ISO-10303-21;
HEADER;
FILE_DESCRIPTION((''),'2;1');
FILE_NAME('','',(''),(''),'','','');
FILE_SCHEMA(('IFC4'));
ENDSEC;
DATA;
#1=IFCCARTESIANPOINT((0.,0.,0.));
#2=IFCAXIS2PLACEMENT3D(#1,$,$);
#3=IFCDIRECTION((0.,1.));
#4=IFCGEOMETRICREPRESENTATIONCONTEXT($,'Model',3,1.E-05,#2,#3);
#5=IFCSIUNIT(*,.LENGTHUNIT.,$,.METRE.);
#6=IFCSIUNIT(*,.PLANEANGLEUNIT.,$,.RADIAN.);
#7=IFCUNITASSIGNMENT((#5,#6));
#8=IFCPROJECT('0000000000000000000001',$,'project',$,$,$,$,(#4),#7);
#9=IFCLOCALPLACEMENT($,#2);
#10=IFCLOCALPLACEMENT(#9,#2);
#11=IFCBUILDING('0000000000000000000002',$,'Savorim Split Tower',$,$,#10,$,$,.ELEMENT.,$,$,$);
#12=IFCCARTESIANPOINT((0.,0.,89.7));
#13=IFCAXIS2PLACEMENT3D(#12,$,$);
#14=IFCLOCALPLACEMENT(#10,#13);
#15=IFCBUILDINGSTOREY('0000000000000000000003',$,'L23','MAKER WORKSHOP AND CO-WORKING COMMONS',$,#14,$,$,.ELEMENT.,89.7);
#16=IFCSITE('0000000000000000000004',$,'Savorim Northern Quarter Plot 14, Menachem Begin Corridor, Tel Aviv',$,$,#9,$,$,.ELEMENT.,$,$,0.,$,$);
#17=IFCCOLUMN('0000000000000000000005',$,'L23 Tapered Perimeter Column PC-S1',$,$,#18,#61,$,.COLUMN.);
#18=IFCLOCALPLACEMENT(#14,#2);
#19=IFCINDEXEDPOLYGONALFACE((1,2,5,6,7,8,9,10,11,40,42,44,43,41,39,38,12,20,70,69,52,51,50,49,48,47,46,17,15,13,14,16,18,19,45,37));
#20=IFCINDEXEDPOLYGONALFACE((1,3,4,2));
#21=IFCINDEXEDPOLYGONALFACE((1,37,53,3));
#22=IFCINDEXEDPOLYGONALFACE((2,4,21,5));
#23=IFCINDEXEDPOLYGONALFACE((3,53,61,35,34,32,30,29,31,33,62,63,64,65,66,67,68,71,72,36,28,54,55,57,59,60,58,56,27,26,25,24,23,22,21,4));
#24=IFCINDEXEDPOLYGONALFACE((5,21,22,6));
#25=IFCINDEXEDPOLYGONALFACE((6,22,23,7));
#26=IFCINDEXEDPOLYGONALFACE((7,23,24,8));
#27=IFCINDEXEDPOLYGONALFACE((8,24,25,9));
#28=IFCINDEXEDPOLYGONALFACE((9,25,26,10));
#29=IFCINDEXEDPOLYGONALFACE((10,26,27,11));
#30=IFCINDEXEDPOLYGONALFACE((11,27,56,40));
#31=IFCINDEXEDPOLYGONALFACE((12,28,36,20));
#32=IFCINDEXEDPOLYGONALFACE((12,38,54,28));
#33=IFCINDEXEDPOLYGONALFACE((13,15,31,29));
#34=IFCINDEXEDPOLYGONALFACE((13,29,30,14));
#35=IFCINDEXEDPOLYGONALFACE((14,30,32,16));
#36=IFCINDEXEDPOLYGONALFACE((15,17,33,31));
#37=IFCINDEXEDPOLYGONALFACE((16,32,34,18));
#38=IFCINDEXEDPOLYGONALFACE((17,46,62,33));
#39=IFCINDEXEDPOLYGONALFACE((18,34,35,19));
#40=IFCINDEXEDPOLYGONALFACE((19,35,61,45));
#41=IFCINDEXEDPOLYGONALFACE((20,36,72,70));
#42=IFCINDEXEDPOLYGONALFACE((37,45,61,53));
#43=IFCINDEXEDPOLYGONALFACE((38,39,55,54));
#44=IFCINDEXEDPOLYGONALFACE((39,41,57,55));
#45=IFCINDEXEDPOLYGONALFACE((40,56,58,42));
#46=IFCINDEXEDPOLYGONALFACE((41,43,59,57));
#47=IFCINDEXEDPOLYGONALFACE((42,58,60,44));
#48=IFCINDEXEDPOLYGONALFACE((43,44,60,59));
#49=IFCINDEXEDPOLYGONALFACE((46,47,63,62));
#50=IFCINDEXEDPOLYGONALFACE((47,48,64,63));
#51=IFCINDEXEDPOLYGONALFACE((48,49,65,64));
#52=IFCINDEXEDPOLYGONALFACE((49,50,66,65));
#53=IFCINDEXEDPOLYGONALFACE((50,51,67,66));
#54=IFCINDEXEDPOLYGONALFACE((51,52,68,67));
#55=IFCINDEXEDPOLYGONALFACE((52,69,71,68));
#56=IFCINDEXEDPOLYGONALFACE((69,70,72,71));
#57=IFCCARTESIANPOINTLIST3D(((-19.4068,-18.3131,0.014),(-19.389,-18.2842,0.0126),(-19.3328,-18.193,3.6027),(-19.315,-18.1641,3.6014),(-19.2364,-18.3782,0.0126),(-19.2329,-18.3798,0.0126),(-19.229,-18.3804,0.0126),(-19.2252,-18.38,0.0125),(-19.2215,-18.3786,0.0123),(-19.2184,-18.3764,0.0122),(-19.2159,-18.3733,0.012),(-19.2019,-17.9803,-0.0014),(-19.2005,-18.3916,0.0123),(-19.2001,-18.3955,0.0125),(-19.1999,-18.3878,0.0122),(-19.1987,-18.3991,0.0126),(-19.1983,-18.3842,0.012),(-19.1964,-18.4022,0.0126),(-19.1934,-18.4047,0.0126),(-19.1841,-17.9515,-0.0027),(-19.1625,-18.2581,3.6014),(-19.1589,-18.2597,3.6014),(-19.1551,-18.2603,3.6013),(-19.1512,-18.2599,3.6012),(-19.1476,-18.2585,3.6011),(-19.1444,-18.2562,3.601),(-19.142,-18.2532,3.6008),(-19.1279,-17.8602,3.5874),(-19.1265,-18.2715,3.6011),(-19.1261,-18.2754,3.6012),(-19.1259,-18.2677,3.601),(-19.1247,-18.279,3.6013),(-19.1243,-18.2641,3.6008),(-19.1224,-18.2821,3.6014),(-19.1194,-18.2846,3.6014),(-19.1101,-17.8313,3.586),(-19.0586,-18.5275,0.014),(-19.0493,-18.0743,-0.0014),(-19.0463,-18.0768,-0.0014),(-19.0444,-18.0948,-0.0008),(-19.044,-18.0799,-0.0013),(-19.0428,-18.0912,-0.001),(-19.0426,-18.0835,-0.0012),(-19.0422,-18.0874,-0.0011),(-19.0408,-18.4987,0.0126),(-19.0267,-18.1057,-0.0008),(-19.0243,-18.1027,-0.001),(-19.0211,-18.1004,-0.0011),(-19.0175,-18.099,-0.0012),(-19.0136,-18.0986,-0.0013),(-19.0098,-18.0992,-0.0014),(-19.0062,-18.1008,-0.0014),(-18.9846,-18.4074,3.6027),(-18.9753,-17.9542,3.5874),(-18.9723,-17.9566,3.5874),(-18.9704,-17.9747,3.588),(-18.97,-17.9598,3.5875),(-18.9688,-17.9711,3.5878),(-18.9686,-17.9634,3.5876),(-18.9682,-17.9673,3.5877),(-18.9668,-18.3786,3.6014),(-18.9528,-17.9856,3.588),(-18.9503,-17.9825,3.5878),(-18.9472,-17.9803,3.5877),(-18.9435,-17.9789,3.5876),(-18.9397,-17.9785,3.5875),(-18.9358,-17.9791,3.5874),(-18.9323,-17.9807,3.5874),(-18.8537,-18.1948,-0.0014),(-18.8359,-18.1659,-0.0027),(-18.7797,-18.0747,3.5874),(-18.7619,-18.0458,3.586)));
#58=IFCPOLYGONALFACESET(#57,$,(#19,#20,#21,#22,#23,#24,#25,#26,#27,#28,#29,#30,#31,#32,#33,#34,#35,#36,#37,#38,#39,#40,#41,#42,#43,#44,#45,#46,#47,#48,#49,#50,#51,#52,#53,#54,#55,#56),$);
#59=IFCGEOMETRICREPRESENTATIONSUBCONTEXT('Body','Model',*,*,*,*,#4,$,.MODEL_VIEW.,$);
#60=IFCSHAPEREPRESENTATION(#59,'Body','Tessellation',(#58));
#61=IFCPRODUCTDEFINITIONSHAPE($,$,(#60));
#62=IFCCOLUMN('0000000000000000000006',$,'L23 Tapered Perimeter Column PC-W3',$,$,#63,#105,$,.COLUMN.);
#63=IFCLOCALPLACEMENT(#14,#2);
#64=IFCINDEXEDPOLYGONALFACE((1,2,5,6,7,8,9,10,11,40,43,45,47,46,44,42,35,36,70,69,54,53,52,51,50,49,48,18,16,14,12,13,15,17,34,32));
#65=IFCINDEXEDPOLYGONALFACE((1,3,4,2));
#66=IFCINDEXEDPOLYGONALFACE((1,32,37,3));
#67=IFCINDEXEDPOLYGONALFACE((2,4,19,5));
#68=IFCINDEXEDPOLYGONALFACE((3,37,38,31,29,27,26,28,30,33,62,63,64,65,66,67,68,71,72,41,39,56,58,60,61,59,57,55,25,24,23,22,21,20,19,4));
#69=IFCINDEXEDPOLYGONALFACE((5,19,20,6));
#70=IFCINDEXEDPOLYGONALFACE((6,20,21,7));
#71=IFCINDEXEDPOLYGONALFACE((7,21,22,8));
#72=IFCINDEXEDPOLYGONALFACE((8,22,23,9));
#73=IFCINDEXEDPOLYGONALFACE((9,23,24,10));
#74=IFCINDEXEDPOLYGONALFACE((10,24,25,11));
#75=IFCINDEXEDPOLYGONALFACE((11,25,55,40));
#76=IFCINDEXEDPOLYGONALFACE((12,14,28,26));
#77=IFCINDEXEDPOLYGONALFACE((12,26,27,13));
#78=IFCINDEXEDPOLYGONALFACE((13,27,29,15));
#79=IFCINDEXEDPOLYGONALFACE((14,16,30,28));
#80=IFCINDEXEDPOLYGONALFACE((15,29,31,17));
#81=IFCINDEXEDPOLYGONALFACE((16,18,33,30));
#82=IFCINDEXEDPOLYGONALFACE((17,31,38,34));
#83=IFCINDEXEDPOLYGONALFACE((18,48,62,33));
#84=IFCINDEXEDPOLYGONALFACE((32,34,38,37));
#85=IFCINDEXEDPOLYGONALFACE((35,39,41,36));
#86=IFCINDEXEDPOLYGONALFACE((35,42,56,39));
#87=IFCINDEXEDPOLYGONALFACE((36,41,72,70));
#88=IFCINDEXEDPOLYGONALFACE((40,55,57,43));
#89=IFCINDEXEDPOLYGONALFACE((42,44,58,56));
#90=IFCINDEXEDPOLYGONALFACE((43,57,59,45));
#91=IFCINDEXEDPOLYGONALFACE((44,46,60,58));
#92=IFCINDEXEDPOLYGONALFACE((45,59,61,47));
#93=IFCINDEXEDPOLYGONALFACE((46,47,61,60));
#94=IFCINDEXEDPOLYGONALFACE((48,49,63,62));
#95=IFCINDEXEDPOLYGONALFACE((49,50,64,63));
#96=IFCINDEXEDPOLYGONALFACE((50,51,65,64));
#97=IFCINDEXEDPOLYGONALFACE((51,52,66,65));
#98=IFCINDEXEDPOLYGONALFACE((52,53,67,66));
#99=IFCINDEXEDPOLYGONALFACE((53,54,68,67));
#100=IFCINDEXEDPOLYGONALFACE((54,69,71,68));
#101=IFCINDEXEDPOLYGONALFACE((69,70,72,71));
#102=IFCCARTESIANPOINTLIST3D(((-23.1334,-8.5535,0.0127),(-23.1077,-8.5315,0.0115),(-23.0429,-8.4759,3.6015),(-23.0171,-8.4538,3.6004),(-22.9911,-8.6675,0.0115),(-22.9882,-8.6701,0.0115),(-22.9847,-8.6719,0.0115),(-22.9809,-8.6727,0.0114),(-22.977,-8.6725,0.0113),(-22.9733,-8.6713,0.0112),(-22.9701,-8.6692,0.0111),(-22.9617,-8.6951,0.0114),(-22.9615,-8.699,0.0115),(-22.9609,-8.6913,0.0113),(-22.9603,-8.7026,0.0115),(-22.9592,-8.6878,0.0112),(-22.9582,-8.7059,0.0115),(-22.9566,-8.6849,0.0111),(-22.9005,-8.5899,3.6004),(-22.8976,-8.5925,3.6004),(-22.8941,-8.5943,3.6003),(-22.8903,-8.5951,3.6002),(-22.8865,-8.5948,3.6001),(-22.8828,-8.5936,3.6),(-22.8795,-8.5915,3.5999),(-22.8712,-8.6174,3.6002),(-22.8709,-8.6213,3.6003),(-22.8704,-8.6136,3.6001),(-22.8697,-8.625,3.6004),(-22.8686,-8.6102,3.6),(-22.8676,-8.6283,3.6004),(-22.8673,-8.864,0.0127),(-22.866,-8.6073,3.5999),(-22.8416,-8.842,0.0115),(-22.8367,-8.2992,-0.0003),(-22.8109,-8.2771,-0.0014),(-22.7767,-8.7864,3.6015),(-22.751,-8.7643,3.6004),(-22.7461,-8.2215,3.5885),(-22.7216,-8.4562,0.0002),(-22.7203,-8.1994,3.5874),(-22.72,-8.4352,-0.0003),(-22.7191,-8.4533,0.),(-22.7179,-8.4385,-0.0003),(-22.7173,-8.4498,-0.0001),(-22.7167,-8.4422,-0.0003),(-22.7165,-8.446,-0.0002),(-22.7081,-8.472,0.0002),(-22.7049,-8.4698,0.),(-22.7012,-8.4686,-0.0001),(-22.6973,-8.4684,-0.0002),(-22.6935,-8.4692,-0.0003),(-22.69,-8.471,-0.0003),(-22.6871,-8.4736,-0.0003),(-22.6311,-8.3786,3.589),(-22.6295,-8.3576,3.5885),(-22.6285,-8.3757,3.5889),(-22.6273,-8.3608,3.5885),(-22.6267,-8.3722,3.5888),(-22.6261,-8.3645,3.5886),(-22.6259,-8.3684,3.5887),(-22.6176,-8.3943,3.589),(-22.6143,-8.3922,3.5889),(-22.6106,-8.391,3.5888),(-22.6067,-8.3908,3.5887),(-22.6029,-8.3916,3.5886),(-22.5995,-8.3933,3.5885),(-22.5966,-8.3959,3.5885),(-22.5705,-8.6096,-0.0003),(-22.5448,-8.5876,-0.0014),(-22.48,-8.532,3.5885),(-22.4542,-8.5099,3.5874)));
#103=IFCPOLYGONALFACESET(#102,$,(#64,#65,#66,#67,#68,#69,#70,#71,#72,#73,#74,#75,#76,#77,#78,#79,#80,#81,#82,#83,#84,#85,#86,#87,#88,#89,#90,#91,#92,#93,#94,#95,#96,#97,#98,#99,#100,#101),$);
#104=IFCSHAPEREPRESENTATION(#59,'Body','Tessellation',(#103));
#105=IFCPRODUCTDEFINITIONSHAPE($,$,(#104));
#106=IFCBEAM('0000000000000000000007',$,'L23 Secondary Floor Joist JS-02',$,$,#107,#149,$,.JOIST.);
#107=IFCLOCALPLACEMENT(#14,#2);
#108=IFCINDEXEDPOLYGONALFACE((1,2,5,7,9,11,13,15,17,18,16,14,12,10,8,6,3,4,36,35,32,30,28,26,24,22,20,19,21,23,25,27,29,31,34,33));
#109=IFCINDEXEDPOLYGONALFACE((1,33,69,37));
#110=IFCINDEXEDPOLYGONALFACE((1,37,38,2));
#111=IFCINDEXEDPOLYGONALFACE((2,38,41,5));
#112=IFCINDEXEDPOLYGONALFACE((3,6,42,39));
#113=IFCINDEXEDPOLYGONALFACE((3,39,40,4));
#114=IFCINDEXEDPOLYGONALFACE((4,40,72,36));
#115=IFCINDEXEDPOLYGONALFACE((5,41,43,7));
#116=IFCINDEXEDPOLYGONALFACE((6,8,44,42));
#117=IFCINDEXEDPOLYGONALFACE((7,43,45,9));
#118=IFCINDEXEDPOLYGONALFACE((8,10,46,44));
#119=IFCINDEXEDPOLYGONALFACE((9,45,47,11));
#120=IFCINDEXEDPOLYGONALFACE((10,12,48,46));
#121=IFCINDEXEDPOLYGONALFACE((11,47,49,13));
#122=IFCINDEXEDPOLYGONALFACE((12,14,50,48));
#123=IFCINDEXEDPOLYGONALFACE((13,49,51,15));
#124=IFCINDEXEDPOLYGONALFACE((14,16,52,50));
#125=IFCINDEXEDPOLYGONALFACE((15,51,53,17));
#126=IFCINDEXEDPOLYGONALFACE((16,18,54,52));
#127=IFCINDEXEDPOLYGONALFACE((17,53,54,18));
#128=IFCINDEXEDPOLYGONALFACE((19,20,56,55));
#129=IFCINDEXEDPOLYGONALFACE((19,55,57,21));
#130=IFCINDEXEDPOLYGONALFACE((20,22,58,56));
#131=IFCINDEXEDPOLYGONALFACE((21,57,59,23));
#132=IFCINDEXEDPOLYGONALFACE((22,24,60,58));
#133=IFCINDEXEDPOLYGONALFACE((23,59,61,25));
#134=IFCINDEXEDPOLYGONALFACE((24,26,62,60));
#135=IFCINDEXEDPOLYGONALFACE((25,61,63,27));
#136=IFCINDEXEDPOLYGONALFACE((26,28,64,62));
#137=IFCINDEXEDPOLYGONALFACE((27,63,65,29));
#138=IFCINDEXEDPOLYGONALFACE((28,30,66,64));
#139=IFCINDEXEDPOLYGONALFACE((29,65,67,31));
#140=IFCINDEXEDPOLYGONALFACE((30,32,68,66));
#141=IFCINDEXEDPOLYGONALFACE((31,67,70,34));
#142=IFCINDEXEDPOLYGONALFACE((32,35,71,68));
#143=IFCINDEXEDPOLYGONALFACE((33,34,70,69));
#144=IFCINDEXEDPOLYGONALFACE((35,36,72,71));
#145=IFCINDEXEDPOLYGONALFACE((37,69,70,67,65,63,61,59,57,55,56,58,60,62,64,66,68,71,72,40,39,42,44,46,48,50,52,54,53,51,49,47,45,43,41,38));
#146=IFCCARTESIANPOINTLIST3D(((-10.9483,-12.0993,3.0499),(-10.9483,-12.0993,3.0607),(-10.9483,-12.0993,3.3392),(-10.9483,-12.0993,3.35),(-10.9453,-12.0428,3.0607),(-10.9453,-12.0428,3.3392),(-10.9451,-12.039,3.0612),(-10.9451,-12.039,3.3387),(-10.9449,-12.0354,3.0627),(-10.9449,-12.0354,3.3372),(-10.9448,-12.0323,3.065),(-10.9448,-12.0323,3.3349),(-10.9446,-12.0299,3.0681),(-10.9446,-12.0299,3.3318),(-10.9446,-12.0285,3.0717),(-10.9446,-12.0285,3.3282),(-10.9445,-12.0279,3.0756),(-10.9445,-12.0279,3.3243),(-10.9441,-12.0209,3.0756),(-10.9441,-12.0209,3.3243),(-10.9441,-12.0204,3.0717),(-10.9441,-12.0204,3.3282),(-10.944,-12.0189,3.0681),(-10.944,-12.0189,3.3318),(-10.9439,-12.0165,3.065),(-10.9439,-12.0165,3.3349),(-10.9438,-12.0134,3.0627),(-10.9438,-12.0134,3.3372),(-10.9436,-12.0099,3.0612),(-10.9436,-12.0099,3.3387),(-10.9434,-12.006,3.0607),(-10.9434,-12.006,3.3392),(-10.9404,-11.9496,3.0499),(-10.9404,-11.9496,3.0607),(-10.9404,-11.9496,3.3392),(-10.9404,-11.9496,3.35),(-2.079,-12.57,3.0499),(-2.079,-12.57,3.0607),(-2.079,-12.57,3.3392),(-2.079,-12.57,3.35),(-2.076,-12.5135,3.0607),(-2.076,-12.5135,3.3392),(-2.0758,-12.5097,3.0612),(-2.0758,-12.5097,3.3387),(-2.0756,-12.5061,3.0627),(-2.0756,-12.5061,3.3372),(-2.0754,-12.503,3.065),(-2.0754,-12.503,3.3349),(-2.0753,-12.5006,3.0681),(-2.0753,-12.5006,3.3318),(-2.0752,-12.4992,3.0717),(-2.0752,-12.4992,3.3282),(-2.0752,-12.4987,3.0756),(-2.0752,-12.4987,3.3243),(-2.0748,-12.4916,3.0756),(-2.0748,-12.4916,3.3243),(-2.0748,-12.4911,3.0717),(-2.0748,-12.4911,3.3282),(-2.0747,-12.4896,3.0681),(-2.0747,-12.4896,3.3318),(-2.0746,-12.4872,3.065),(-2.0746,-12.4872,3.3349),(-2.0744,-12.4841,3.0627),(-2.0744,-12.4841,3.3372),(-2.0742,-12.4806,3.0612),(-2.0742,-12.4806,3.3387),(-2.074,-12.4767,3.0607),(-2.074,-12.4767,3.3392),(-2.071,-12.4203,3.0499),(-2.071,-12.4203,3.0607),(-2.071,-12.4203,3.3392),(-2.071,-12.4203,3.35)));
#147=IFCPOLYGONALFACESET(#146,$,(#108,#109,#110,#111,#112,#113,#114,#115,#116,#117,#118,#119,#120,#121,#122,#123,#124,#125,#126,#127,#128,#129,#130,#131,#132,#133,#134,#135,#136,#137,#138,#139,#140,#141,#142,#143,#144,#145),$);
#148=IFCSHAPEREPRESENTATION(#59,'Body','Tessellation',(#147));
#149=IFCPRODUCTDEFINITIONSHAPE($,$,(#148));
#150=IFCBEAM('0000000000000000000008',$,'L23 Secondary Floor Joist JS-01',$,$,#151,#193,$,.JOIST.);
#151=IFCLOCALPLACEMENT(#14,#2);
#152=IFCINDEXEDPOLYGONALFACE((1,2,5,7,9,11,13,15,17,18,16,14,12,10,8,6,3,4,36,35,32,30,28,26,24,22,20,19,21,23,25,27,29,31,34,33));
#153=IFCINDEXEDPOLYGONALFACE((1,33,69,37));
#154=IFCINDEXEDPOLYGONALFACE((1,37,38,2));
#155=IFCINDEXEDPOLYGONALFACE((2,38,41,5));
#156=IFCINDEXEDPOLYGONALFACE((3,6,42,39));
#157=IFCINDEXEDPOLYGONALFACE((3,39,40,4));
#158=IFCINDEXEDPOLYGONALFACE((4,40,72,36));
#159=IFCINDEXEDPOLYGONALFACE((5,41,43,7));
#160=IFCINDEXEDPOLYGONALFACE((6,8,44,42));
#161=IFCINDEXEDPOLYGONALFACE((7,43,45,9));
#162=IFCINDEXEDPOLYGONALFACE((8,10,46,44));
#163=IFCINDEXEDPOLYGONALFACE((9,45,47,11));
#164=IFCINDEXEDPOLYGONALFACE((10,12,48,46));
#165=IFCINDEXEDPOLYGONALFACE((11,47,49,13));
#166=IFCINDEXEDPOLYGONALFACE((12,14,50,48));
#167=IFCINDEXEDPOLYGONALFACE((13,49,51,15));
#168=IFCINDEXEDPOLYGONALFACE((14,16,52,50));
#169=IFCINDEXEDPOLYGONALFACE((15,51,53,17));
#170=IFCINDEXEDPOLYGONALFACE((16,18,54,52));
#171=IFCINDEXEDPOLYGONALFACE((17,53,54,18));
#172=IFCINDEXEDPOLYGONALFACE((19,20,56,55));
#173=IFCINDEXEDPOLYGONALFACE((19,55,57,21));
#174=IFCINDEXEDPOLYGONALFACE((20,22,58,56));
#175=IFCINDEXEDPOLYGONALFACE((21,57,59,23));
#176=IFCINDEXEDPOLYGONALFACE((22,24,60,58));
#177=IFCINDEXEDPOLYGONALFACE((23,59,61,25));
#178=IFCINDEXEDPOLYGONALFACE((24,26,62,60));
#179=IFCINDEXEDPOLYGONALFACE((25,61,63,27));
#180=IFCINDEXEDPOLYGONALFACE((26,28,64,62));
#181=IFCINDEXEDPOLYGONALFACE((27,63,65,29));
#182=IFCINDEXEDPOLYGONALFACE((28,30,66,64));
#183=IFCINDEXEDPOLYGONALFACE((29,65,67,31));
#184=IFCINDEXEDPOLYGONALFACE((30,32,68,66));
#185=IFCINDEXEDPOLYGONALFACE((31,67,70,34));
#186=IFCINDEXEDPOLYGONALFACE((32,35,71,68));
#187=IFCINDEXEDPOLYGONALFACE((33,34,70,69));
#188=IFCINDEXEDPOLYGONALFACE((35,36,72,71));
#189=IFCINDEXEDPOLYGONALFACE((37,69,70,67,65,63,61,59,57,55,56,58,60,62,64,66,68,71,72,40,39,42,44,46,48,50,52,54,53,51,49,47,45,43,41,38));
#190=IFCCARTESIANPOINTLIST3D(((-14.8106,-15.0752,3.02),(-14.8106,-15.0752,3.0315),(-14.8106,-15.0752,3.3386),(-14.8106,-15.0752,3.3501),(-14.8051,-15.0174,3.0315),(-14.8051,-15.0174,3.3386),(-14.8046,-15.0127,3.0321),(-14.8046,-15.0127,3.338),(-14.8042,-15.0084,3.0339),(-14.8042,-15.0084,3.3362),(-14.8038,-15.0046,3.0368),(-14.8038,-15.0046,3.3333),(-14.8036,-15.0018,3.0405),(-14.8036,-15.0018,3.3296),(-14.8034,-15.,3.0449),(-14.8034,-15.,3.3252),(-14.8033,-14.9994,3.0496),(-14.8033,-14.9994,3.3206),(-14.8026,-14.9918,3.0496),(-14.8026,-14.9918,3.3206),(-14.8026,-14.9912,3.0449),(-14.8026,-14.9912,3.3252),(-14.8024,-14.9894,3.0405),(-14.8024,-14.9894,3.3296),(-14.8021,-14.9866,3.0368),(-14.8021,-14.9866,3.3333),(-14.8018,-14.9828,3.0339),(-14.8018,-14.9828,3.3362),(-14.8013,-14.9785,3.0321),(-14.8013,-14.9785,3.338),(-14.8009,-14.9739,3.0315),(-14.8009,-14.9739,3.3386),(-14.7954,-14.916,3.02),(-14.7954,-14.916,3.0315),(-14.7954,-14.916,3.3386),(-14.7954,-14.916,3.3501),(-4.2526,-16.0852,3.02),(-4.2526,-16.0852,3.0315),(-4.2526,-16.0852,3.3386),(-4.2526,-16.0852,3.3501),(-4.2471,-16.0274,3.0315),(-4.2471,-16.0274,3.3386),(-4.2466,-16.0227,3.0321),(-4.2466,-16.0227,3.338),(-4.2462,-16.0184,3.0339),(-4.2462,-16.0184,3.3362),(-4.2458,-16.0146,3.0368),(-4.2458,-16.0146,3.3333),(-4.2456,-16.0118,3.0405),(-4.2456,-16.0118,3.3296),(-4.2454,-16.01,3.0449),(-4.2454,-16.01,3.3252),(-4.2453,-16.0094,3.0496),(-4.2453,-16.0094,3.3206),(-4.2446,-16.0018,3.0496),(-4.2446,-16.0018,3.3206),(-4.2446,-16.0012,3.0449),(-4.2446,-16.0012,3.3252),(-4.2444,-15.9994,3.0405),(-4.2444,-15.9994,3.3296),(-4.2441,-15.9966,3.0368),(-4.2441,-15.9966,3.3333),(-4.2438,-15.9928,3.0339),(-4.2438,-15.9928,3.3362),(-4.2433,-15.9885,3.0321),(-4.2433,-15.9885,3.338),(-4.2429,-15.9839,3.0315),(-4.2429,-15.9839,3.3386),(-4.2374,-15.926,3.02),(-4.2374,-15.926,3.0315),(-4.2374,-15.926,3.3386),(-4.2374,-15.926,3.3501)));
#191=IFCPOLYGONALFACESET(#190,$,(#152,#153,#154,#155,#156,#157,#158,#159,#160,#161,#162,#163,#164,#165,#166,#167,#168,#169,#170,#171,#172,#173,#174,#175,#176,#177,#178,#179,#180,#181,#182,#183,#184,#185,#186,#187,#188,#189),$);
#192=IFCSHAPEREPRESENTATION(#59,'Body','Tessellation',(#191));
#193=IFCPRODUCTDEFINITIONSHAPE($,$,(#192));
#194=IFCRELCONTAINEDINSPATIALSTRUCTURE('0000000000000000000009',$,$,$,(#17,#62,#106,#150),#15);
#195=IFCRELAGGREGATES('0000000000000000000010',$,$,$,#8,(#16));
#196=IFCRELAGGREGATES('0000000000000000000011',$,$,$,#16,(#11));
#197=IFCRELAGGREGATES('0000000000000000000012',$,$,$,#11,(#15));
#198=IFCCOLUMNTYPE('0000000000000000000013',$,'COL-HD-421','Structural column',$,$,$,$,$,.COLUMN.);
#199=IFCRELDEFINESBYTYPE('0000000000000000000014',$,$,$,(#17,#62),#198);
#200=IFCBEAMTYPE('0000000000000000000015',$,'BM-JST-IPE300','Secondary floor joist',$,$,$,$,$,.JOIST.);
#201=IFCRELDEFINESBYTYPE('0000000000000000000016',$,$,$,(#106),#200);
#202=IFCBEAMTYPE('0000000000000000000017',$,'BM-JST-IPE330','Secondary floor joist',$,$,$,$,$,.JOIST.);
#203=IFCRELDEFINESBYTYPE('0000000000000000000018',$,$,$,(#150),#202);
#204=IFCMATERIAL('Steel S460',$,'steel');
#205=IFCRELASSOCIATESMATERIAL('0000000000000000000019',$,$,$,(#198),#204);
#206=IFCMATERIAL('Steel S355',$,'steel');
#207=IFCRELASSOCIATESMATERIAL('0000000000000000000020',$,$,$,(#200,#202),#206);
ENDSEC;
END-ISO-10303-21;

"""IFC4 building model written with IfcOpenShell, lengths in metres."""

from ifc_helpers import new_model, si_unit, direction, frame, origin, origin_2d, place, context, subcontext, project, spatial, i_section, extrude, material, material_profile, profile_set, type_object, element, save


model = new_model("IFC4")

# Units and contexts
model_context = context("Model", 3, precision=1e-05, world=origin(), true_north=direction((0.0, 1.0)))
body_context = subcontext(model_context, "Body", "Model", "MODEL_VIEW")
ifc_project = project(units=[si_unit("LENGTHUNIT", "METRE"), si_unit("PLANEANGLEUNIT", "RADIAN")], contexts=[model_context])

# Site, building, storey
site_placement = place(None, origin())
site = spatial("IfcSite", under=ifc_project, at=site_placement, Name="Savorim Northern Quarter Plot 14, Menachem Begin Corridor, Tel Aviv", CompositionType="ELEMENT", RefElevation=0.0)
building_placement = place(site_placement, origin())
building = spatial("IfcBuilding", under=site, at=building_placement, Name="Savorim Split Tower", CompositionType="ELEMENT")
storey_placement = place(building_placement, frame((0.0, 0.0, 89.7)))
storey = spatial("IfcBuildingStorey", under=building, at=storey_placement, Name="L23", Description="MAKER WORKSHOP AND CO-WORKING COMMONS", CompositionType="ELEMENT", Elevation=89.7)

# Columns
ifc_material_1 = material(Name="Steel S460", Category="steel")
ifc_material_profile_1 = material_profile(ifc_material_1, i_section(OverallWidth=0.4089, OverallDepth=0.425, WebThickness=0.0208, FlangeThickness=0.0339, FilletRadius=0.0149, at=origin_2d()), Name="HD 400x421")
ifc_profile_set_1 = profile_set([ifc_material_profile_1], Name="Steel S460")
column_type = type_object("IfcColumnType", Name="COL-HD-421", Description="Structural column", PredefinedType="COLUMN", material=ifc_profile_set_1)
column_1_placement = place(storey_placement, frame((-19.1213, -18.2395, 0.0056), z_axis=(0.020596, 0.033444, 0.999228), x_axis=(-0.85148, 0.524387, 0.0)))
element("IfcColumn", 1, at=column_1_placement, inside=storey, type_object=column_type, Name="L23 Tapered Perimeter Column PC-S1", PredefinedType="COLUMN", context=body_context, shape_type="SweptSolid", body=[
    extrude(i_section(OverallWidth=0.4089, OverallDepth=0.425, WebThickness=0.0208, FlangeThickness=0.0339, FilletRadius=0.0149, at=origin_2d()), origin(), (0.0, 0.0, 1.0), 3.5916),
])
column_2_placement = place(storey_placement, frame((-22.8391, -8.5706, 0.0056), z_axis=(0.025224, 0.021621, 0.999448), x_axis=(-0.650791, 0.759257, 0.0)))
element("IfcColumn", 2, at=column_2_placement, inside=storey, type_object=column_type, Name="L23 Tapered Perimeter Column PC-W3", PredefinedType="COLUMN", context=body_context, shape_type="SweptSolid", body=[
    extrude(i_section(OverallWidth=0.4089, OverallDepth=0.425, WebThickness=0.0208, FlangeThickness=0.0339, FilletRadius=0.0149, at=origin_2d()), origin(), (0.0, 0.0, 1.0), 3.5908),
])

# Beams
ifc_material_2 = material(Name="Steel S355", Category="steel")
ifc_material_profile_2 = material_profile(ifc_material_2, i_section(OverallWidth=0.1499, OverallDepth=0.3, WebThickness=0.0071, FlangeThickness=0.0107, FilletRadius=0.0149, at=origin_2d()), Name="IPE 300")
ifc_profile_set_2 = profile_set([ifc_material_profile_2], Name="Steel S355")
beam_type_1 = type_object("IfcBeamType", Name="BM-JST-IPE300", Description="Secondary floor joist", PredefinedType="JOIST", material=ifc_profile_set_2)
beam_1_placement = place(storey_placement, frame((-10.9443, -12.0244, 3.2), z_axis=(0.998595, -0.052996, 0.0), x_axis=(0.052996, 0.998595, 0.0)))
element("IfcBeam", 3, at=beam_1_placement, inside=storey, type_object=beam_type_1, Name="L23 Secondary Floor Joist JS-02", PredefinedType="JOIST", context=body_context, shape_type="SweptSolid", body=[
    extrude(i_section(OverallWidth=0.1499, OverallDepth=0.3, WebThickness=0.0071, FlangeThickness=0.0107, FilletRadius=0.0149, at=origin_2d()), origin(), (0.0, 0.0, 1.0), 8.8818),
])
ifc_material_profile_3 = material_profile(ifc_material_2, i_section(OverallWidth=0.1599, OverallDepth=0.3301, WebThickness=0.0076, FlangeThickness=0.0115, FilletRadius=0.0181, at=origin_2d()), Name="IPE 330")
ifc_profile_set_3 = profile_set([ifc_material_profile_3], Name="Steel S355")
beam_type_2 = type_object("IfcBeamType", Name="BM-JST-IPE330", Description="Secondary floor joist", PredefinedType="JOIST", material=ifc_profile_set_3)
beam_2_placement = place(storey_placement, frame((-14.803, -14.9956, 3.1851), z_axis=(0.995456, -0.095227, 0.0), x_axis=(0.095227, 0.995456, 0.0)))
element("IfcBeam", 4, at=beam_2_placement, inside=storey, type_object=beam_type_2, Name="L23 Secondary Floor Joist JS-01", PredefinedType="JOIST", context=body_context, shape_type="SweptSolid", body=[
    extrude(i_section(OverallWidth=0.1599, OverallDepth=0.3301, WebThickness=0.0076, FlangeThickness=0.0115, FilletRadius=0.0181, at=origin_2d()), origin(), (0.0, 0.0, 1.0), 10.6062),
])

save(model, "model.ifc")
